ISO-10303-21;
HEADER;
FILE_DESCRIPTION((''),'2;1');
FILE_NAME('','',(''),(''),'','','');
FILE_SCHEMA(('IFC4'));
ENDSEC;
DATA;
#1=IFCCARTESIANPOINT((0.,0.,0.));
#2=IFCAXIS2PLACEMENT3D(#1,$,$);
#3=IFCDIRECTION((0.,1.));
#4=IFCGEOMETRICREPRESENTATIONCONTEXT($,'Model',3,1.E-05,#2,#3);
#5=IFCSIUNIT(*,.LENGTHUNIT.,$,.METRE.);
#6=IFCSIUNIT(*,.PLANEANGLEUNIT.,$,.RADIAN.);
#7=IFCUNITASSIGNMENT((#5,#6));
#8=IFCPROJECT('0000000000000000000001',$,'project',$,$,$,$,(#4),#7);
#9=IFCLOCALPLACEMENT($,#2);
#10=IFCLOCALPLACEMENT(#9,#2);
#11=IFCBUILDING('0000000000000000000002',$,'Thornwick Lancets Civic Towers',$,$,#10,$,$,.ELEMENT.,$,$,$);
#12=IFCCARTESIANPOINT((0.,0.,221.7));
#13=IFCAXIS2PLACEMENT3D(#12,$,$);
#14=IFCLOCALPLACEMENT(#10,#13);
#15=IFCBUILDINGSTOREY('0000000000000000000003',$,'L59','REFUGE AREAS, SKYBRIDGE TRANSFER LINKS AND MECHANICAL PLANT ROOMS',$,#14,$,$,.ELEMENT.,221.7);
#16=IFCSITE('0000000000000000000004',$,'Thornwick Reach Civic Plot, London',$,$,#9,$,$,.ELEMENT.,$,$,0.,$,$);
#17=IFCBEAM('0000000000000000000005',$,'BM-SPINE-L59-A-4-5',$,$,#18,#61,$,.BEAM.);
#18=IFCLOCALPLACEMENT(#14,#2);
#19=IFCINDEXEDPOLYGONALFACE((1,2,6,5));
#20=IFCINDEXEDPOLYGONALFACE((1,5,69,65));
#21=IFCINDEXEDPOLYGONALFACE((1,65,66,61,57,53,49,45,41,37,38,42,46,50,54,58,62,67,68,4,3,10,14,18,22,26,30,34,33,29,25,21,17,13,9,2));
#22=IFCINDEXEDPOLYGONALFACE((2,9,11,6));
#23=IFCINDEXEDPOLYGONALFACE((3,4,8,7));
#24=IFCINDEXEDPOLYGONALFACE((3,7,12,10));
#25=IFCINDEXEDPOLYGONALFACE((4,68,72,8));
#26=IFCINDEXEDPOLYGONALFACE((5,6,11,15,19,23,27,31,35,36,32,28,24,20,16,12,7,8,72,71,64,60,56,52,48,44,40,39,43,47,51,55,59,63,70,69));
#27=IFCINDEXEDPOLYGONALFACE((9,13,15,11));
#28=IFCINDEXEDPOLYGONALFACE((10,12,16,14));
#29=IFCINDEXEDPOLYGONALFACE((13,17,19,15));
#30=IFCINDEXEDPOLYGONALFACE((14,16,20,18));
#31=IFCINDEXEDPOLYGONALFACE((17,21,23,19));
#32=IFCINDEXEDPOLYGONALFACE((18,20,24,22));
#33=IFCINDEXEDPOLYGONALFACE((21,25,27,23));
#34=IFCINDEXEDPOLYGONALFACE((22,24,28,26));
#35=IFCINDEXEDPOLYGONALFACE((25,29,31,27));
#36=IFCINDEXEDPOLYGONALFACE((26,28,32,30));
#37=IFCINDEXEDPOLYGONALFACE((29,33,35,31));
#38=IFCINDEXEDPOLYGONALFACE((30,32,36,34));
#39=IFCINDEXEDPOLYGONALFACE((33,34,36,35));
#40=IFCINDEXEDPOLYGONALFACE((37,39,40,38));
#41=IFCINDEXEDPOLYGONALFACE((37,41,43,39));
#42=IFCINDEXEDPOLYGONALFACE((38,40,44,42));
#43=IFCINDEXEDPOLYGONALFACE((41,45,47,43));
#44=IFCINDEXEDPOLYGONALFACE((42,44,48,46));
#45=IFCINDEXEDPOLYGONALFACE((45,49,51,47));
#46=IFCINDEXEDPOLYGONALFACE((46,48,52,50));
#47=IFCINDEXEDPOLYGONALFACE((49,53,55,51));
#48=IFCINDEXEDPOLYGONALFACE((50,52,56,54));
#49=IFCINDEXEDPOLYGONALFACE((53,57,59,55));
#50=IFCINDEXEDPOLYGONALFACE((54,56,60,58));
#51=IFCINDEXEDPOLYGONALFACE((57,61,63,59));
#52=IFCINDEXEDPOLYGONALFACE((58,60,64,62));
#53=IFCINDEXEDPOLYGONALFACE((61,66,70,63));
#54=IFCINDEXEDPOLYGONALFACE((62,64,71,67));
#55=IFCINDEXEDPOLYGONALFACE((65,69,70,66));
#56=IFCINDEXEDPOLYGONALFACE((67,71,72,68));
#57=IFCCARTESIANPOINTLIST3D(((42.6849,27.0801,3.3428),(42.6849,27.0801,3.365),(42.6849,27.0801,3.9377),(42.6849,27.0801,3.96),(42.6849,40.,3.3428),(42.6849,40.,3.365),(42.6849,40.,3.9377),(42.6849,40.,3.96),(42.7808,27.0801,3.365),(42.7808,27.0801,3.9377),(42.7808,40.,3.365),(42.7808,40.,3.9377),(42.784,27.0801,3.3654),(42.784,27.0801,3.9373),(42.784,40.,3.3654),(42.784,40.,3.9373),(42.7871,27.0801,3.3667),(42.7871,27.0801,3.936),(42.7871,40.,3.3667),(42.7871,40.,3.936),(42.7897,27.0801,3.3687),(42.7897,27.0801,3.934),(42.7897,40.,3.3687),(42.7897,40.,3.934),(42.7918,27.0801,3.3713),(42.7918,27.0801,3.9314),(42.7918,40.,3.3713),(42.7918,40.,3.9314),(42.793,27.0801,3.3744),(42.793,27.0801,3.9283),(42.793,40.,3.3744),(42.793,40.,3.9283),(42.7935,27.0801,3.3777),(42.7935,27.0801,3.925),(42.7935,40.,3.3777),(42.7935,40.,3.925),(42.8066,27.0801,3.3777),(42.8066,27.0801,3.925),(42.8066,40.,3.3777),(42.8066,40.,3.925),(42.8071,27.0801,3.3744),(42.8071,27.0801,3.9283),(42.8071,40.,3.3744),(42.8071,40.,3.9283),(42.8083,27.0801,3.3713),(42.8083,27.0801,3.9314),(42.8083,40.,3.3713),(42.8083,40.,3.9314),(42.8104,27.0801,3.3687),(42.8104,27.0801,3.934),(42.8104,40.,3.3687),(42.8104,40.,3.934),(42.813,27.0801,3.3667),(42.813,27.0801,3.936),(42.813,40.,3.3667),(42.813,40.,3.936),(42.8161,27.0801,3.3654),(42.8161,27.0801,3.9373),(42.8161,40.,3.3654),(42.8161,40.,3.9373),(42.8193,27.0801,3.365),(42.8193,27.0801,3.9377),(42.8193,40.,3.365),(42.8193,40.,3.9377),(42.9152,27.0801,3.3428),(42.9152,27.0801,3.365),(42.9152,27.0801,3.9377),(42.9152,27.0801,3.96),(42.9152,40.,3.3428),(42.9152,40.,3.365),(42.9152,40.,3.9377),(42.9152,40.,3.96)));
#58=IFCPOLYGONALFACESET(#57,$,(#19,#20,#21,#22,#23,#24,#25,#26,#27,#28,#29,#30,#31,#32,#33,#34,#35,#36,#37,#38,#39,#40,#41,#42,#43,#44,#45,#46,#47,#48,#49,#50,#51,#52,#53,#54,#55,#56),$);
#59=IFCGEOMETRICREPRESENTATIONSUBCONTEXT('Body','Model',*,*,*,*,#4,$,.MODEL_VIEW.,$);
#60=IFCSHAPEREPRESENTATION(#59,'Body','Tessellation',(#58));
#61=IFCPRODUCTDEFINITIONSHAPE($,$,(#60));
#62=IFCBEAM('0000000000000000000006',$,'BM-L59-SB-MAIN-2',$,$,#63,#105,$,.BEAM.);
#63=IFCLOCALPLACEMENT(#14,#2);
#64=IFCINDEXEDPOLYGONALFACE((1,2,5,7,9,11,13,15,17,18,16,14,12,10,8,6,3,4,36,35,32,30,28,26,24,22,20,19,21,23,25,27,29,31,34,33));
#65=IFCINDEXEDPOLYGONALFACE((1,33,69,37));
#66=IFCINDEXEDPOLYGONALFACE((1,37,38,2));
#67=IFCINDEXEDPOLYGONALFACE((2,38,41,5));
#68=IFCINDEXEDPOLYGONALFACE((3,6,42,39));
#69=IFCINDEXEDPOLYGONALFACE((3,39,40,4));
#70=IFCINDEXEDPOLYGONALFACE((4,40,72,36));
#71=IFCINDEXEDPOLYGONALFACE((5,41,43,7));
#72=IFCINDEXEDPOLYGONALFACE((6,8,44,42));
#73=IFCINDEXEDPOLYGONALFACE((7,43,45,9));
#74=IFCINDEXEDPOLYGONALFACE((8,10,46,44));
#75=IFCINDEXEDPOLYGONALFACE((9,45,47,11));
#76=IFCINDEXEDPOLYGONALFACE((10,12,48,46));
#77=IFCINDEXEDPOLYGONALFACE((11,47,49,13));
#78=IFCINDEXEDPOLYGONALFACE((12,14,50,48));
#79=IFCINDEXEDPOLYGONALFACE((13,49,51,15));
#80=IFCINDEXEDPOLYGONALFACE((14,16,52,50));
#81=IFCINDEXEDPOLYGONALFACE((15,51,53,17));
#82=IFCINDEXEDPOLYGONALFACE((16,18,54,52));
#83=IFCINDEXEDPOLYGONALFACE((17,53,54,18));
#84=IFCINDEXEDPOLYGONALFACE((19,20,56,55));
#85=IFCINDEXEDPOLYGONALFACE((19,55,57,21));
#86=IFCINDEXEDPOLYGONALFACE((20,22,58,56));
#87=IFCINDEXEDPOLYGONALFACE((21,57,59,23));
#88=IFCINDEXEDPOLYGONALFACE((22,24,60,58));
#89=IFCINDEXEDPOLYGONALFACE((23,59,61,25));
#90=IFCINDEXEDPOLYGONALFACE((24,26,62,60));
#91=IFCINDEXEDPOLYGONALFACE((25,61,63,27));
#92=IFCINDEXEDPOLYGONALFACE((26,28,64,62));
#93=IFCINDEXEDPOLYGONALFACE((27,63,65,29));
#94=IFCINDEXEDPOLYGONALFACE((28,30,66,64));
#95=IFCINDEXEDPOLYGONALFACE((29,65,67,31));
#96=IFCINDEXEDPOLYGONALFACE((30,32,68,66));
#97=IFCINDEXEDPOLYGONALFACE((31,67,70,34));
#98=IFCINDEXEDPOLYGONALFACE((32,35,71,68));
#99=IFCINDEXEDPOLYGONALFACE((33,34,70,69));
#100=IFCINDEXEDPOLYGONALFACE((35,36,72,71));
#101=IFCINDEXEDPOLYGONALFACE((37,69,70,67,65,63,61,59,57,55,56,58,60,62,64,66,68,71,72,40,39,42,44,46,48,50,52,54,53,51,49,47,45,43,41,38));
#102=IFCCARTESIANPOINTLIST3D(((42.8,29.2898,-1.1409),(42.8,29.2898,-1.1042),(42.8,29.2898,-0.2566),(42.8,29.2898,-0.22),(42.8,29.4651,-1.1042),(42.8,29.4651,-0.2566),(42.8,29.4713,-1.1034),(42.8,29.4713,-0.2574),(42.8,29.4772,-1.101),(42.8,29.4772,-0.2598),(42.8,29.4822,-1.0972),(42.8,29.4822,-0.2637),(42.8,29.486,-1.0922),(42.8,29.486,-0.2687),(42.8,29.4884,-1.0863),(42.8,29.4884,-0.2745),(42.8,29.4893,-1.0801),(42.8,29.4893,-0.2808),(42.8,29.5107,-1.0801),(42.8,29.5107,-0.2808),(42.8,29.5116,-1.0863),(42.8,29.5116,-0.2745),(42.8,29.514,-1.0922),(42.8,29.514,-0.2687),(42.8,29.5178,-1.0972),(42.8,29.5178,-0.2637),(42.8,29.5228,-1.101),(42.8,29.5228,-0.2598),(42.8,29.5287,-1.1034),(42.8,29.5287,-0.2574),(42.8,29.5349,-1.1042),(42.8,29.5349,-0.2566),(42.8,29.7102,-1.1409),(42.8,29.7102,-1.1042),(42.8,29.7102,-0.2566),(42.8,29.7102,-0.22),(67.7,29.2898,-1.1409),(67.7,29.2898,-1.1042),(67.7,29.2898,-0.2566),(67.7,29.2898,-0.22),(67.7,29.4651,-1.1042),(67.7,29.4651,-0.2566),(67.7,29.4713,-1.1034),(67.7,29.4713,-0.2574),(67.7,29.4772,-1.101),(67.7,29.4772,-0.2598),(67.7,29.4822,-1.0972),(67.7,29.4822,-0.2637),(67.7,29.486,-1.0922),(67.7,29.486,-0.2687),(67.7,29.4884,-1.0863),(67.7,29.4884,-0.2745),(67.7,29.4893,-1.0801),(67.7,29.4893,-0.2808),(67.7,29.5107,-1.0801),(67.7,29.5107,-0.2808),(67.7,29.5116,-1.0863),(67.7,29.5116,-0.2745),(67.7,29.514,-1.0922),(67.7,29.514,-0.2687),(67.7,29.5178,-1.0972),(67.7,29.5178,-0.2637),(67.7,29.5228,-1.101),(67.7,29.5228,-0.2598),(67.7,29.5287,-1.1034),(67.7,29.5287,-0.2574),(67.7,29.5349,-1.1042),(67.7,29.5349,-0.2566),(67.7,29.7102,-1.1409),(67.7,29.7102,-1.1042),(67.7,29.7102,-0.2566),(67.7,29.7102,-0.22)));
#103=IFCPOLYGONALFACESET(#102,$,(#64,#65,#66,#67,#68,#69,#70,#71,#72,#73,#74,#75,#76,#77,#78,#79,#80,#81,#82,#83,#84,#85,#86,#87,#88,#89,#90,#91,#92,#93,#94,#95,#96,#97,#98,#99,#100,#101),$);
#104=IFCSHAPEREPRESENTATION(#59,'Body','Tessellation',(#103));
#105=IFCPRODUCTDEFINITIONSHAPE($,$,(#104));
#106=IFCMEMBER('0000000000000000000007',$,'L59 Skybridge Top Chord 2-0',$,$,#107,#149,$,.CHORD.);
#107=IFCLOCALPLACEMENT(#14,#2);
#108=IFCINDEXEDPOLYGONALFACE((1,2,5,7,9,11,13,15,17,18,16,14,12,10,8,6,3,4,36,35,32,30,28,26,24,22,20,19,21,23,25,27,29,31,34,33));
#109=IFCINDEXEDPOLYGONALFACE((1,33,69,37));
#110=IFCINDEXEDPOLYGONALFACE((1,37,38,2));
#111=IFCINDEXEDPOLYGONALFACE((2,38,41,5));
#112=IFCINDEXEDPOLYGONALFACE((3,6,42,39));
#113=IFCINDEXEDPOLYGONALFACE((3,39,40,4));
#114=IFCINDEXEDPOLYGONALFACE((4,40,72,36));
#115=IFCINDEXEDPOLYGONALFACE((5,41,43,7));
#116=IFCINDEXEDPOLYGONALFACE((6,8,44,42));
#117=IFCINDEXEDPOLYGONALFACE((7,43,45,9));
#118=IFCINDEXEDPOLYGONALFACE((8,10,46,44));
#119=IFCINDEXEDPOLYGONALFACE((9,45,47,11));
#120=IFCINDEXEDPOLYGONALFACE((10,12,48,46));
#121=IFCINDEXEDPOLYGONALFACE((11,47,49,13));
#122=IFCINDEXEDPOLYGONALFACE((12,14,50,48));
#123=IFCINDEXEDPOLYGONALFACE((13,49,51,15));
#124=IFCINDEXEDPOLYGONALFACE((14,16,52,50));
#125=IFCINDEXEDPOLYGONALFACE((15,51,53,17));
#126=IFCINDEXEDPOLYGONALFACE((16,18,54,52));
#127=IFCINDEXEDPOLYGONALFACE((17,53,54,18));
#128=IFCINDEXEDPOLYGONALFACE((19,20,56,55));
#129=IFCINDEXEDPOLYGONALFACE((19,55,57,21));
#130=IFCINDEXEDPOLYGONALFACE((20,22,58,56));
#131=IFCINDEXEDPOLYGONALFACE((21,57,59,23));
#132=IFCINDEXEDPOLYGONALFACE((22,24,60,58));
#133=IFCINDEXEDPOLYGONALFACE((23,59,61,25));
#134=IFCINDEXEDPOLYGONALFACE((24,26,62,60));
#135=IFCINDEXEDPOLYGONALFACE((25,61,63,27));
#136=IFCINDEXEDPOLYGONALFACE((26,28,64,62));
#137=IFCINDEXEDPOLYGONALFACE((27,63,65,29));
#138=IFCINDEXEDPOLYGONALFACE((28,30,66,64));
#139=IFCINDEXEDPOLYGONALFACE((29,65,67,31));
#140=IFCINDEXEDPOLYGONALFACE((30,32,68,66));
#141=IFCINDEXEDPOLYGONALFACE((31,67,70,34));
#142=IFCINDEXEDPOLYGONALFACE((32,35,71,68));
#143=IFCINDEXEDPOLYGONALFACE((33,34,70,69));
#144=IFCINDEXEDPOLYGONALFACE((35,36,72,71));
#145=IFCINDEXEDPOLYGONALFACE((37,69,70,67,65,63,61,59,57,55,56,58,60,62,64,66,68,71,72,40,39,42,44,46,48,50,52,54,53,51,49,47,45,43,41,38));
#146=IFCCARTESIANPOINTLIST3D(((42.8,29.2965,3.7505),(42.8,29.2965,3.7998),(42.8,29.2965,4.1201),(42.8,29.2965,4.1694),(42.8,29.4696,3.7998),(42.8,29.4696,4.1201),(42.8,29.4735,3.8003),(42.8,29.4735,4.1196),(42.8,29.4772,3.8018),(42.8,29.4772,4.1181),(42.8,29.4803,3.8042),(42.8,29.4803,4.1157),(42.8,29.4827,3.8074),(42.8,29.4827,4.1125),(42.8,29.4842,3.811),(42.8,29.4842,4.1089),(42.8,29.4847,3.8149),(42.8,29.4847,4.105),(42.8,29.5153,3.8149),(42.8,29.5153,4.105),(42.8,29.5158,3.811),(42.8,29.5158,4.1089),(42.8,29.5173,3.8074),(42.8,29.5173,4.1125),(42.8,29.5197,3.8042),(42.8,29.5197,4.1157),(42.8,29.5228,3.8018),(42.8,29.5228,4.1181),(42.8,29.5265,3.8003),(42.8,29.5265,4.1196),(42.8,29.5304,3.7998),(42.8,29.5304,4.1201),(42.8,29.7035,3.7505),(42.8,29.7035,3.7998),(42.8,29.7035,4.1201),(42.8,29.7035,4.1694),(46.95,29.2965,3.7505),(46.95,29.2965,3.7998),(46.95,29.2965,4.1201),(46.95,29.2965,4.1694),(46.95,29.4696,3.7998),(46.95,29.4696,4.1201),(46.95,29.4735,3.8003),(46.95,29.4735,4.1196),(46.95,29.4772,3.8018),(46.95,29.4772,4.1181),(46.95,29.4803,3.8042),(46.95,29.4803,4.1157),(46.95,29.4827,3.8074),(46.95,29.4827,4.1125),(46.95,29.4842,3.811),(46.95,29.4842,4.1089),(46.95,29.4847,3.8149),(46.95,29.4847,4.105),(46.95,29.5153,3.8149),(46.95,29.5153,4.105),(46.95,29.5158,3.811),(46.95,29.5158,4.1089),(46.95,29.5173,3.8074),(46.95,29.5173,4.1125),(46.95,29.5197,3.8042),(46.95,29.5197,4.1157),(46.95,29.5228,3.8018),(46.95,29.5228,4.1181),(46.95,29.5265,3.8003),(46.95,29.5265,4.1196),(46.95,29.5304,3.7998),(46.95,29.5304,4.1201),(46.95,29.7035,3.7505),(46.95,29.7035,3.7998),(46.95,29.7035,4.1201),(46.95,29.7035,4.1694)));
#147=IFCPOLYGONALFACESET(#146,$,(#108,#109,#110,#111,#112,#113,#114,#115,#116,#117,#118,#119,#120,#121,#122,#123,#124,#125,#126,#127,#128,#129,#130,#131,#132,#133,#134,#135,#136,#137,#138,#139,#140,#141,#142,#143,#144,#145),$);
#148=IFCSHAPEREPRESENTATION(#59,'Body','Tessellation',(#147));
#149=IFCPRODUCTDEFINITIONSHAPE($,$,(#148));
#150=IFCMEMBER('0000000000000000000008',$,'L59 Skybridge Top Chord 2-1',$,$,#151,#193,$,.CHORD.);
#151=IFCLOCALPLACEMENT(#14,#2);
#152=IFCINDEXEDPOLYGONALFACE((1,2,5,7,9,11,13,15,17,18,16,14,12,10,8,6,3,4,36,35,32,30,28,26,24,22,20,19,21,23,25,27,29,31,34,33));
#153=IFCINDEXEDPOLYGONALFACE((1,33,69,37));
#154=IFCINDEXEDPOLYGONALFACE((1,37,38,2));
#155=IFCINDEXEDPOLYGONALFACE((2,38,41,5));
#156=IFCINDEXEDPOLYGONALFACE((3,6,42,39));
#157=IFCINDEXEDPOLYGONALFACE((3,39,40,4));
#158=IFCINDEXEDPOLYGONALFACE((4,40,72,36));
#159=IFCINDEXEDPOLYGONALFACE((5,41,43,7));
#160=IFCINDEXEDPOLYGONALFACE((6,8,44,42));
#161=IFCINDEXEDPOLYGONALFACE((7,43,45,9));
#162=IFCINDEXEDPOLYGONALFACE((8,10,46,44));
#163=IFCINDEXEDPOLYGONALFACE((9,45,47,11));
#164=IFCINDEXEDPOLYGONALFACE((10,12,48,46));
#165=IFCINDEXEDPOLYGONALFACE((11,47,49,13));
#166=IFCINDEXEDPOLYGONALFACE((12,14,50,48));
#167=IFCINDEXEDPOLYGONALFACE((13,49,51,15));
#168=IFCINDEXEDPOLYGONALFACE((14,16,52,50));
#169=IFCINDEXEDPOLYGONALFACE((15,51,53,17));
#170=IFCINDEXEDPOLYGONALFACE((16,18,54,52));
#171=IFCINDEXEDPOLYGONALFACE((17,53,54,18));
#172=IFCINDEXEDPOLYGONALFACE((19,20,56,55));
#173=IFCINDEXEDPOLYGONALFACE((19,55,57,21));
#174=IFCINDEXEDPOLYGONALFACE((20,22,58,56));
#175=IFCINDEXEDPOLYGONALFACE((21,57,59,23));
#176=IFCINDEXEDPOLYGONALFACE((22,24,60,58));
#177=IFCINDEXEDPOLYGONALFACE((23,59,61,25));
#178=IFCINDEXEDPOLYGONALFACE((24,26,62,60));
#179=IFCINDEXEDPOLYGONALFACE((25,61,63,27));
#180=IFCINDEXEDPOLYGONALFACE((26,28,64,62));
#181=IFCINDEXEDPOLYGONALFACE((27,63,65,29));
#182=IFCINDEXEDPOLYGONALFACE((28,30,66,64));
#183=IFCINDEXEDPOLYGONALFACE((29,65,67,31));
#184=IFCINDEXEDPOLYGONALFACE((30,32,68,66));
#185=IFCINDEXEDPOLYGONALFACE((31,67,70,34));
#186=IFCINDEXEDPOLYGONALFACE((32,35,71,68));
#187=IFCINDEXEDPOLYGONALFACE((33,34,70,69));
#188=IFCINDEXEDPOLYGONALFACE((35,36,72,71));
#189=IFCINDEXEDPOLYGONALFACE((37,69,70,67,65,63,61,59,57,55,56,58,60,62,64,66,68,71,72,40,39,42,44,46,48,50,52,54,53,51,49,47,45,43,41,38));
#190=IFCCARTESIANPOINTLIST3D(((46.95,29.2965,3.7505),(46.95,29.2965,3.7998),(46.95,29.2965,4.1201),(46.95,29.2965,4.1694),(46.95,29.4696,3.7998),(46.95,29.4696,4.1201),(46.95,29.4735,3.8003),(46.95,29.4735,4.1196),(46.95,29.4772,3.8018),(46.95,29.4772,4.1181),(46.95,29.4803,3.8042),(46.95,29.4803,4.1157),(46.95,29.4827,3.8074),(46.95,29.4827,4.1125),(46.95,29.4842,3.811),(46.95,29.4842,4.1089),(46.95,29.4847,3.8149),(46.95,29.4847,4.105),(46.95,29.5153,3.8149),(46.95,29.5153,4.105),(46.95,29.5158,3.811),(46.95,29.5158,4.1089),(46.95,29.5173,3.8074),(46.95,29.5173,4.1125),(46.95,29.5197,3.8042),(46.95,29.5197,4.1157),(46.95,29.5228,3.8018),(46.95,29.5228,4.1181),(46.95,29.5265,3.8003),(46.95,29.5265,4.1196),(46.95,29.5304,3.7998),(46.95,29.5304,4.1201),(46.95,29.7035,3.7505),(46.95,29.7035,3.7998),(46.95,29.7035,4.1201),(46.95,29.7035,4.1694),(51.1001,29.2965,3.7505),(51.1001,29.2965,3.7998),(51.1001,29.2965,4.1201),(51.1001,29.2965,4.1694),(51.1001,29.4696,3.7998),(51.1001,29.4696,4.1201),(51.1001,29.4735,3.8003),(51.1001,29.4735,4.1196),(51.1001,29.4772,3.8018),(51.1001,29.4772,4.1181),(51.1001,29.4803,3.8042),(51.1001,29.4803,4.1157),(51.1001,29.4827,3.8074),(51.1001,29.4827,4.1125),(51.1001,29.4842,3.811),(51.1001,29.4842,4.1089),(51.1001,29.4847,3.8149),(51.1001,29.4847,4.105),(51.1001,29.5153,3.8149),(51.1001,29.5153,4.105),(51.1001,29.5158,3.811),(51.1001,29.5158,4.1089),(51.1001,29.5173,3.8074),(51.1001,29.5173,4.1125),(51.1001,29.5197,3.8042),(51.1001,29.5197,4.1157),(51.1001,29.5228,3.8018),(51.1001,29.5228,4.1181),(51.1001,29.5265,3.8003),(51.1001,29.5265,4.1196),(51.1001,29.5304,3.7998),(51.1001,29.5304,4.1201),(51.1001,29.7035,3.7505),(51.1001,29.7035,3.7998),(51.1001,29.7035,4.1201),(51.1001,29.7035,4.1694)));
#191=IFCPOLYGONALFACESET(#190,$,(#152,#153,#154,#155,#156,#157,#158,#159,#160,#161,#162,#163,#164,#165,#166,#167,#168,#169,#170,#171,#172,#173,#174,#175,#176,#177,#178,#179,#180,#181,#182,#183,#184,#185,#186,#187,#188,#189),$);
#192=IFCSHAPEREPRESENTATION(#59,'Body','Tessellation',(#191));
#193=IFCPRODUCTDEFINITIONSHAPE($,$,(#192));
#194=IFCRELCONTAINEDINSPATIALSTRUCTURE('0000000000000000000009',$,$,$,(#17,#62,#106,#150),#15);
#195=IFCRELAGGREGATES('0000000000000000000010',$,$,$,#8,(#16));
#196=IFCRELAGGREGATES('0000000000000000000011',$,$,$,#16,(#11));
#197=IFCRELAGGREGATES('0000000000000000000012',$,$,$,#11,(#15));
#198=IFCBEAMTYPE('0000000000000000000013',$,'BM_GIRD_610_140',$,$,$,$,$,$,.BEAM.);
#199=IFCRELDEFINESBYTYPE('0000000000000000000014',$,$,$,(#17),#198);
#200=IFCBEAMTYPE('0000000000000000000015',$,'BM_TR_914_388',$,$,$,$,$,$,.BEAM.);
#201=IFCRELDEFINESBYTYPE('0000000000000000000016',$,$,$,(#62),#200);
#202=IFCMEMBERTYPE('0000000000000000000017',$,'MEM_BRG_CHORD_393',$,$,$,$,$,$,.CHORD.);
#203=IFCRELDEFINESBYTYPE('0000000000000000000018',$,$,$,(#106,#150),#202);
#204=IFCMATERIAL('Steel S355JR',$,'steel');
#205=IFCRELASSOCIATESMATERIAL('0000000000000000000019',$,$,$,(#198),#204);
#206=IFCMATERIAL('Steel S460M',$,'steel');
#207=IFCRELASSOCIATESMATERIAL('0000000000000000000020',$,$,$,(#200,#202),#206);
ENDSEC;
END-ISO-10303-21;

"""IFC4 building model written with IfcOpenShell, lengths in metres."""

from ifc_helpers import new_model, si_unit, direction, frame, origin, origin_2d, place, context, subcontext, project, spatial, i_section, extrude, material, material_profile, profile_set, type_object, element, save


model = new_model("IFC4")

# Units and contexts
model_context = context("Model", 3, precision=1e-05, world=origin(), true_north=direction((0.0, 1.0)))
body_context = subcontext(model_context, "Body", "Model", "MODEL_VIEW")
ifc_project = project(units=[si_unit("LENGTHUNIT", "METRE"), si_unit("PLANEANGLEUNIT", "RADIAN")], contexts=[model_context])

# Site, building, storey
site_placement = place(None, origin())
site = spatial("IfcSite", under=ifc_project, at=site_placement, Name="Thornwick Reach Civic Plot, London", CompositionType="ELEMENT", RefElevation=0.0)
building_placement = place(site_placement, origin())
building = spatial("IfcBuilding", under=site, at=building_placement, Name="Thornwick Lancets Civic Towers", CompositionType="ELEMENT")
storey_placement = place(building_placement, frame((0.0, 0.0, 221.7)))
storey = spatial("IfcBuildingStorey", under=building, at=storey_placement, Name="L59", Description="REFUGE AREAS, SKYBRIDGE TRANSFER LINKS AND MECHANICAL PLANT ROOMS", CompositionType="ELEMENT", Elevation=221.7)

# Beams
ifc_material_1 = material(Name="Steel S355JR", Category="steel")
ifc_material_profile_1 = material_profile(ifc_material_1, i_section(OverallWidth=0.2302, OverallDepth=0.6172, WebThickness=0.0132, FlangeThickness=0.0222, FilletRadius=0.0127, at=origin_2d()), Name="UKB 610x229x140")
ifc_profile_set_1 = profile_set([ifc_material_profile_1], Name="Steel S355JR")
beam_type_1 = type_object("IfcBeamType", Name="BM_GIRD_610_140", PredefinedType="BEAM", material=ifc_profile_set_1)
beam_1_placement = place(storey_placement, frame((42.8, 27.0801, 3.6514), z_axis=(0.0, 1.0, 0.0), x_axis=(-1.0, 0.0, 0.0)))
element("IfcBeam", 1, at=beam_1_placement, inside=storey, type_object=beam_type_1, Name="BM-SPINE-L59-A-4-5", PredefinedType="BEAM", context=body_context, shape_type="SweptSolid", body=[
    extrude(i_section(OverallWidth=0.2302, OverallDepth=0.6172, WebThickness=0.0132, FlangeThickness=0.0222, FilletRadius=0.0127, at=origin_2d()), origin(), (0.0, 0.0, 1.0), 12.9199),
])
ifc_material_2 = material(Name="Steel S460M", Category="steel")
ifc_material_profile_2 = material_profile(ifc_material_2, i_section(OverallWidth=0.4204, OverallDepth=0.9209, WebThickness=0.0215, FlangeThickness=0.0366, FilletRadius=0.0242, at=origin_2d()), Name="UKB 914x419x388")
ifc_profile_set_2 = profile_set([ifc_material_profile_2], Name="Steel S460M")
beam_type_2 = type_object("IfcBeamType", Name="BM_TR_914_388", PredefinedType="BEAM", material=ifc_profile_set_2)
beam_2_placement = place(storey_placement, frame((42.8, 29.5, -0.6804), z_axis=(1.0, 0.0, 0.0), x_axis=(0.0, 1.0, 0.0)))
element("IfcBeam", 2, at=beam_2_placement, inside=storey, type_object=beam_type_2, Name="BM-L59-SB-MAIN-2", PredefinedType="BEAM", context=body_context, shape_type="SweptSolid", body=[
    extrude(i_section(OverallWidth=0.4204, OverallDepth=0.9209, WebThickness=0.0215, FlangeThickness=0.0366, FilletRadius=0.0242, at=origin_2d()), origin(), (0.0, 0.0, 1.0), 24.8999),
])

# Members
ifc_material_profile_3 = material_profile(ifc_material_2, i_section(OverallWidth=0.407, OverallDepth=0.4189, WebThickness=0.0305, FlangeThickness=0.0493, FilletRadius=0.0151, at=origin_2d()), Name="UKC 356x406x393")
ifc_profile_set_3 = profile_set([ifc_material_profile_3], Name="Steel S460M")
member_type_1 = type_object("IfcMemberType", Name="MEM_BRG_CHORD_393", PredefinedType="CHORD", material=ifc_profile_set_3)
member_1_placement = place(storey_placement, frame((42.8, 29.5, 3.96), z_axis=(1.0, 0.0, 0.0), x_axis=(0.0, 1.0, 0.0)))
element("IfcMember", 3, at=member_1_placement, inside=storey, type_object=member_type_1, Name="L59 Skybridge Top Chord 2-0", PredefinedType="CHORD", context=body_context, shape_type="SweptSolid", body=[
    extrude(i_section(OverallWidth=0.407, OverallDepth=0.4189, WebThickness=0.0305, FlangeThickness=0.0493, FilletRadius=0.0151, at=origin_2d()), origin(), (0.0, 0.0, 1.0), 4.1499),
])
member_2_placement = place(storey_placement, frame((46.95, 29.5, 3.96), z_axis=(1.0, 0.0, 0.0), x_axis=(0.0, 1.0, 0.0)))
element("IfcMember", 4, at=member_2_placement, inside=storey, type_object=member_type_1, Name="L59 Skybridge Top Chord 2-1", PredefinedType="CHORD", context=body_context, shape_type="SweptSolid", body=[
    extrude(i_section(OverallWidth=0.407, OverallDepth=0.4189, WebThickness=0.0305, FlangeThickness=0.0493, FilletRadius=0.0151, at=origin_2d()), origin(), (0.0, 0.0, 1.0), 4.1501),
])

save(model, "model.ifc")
